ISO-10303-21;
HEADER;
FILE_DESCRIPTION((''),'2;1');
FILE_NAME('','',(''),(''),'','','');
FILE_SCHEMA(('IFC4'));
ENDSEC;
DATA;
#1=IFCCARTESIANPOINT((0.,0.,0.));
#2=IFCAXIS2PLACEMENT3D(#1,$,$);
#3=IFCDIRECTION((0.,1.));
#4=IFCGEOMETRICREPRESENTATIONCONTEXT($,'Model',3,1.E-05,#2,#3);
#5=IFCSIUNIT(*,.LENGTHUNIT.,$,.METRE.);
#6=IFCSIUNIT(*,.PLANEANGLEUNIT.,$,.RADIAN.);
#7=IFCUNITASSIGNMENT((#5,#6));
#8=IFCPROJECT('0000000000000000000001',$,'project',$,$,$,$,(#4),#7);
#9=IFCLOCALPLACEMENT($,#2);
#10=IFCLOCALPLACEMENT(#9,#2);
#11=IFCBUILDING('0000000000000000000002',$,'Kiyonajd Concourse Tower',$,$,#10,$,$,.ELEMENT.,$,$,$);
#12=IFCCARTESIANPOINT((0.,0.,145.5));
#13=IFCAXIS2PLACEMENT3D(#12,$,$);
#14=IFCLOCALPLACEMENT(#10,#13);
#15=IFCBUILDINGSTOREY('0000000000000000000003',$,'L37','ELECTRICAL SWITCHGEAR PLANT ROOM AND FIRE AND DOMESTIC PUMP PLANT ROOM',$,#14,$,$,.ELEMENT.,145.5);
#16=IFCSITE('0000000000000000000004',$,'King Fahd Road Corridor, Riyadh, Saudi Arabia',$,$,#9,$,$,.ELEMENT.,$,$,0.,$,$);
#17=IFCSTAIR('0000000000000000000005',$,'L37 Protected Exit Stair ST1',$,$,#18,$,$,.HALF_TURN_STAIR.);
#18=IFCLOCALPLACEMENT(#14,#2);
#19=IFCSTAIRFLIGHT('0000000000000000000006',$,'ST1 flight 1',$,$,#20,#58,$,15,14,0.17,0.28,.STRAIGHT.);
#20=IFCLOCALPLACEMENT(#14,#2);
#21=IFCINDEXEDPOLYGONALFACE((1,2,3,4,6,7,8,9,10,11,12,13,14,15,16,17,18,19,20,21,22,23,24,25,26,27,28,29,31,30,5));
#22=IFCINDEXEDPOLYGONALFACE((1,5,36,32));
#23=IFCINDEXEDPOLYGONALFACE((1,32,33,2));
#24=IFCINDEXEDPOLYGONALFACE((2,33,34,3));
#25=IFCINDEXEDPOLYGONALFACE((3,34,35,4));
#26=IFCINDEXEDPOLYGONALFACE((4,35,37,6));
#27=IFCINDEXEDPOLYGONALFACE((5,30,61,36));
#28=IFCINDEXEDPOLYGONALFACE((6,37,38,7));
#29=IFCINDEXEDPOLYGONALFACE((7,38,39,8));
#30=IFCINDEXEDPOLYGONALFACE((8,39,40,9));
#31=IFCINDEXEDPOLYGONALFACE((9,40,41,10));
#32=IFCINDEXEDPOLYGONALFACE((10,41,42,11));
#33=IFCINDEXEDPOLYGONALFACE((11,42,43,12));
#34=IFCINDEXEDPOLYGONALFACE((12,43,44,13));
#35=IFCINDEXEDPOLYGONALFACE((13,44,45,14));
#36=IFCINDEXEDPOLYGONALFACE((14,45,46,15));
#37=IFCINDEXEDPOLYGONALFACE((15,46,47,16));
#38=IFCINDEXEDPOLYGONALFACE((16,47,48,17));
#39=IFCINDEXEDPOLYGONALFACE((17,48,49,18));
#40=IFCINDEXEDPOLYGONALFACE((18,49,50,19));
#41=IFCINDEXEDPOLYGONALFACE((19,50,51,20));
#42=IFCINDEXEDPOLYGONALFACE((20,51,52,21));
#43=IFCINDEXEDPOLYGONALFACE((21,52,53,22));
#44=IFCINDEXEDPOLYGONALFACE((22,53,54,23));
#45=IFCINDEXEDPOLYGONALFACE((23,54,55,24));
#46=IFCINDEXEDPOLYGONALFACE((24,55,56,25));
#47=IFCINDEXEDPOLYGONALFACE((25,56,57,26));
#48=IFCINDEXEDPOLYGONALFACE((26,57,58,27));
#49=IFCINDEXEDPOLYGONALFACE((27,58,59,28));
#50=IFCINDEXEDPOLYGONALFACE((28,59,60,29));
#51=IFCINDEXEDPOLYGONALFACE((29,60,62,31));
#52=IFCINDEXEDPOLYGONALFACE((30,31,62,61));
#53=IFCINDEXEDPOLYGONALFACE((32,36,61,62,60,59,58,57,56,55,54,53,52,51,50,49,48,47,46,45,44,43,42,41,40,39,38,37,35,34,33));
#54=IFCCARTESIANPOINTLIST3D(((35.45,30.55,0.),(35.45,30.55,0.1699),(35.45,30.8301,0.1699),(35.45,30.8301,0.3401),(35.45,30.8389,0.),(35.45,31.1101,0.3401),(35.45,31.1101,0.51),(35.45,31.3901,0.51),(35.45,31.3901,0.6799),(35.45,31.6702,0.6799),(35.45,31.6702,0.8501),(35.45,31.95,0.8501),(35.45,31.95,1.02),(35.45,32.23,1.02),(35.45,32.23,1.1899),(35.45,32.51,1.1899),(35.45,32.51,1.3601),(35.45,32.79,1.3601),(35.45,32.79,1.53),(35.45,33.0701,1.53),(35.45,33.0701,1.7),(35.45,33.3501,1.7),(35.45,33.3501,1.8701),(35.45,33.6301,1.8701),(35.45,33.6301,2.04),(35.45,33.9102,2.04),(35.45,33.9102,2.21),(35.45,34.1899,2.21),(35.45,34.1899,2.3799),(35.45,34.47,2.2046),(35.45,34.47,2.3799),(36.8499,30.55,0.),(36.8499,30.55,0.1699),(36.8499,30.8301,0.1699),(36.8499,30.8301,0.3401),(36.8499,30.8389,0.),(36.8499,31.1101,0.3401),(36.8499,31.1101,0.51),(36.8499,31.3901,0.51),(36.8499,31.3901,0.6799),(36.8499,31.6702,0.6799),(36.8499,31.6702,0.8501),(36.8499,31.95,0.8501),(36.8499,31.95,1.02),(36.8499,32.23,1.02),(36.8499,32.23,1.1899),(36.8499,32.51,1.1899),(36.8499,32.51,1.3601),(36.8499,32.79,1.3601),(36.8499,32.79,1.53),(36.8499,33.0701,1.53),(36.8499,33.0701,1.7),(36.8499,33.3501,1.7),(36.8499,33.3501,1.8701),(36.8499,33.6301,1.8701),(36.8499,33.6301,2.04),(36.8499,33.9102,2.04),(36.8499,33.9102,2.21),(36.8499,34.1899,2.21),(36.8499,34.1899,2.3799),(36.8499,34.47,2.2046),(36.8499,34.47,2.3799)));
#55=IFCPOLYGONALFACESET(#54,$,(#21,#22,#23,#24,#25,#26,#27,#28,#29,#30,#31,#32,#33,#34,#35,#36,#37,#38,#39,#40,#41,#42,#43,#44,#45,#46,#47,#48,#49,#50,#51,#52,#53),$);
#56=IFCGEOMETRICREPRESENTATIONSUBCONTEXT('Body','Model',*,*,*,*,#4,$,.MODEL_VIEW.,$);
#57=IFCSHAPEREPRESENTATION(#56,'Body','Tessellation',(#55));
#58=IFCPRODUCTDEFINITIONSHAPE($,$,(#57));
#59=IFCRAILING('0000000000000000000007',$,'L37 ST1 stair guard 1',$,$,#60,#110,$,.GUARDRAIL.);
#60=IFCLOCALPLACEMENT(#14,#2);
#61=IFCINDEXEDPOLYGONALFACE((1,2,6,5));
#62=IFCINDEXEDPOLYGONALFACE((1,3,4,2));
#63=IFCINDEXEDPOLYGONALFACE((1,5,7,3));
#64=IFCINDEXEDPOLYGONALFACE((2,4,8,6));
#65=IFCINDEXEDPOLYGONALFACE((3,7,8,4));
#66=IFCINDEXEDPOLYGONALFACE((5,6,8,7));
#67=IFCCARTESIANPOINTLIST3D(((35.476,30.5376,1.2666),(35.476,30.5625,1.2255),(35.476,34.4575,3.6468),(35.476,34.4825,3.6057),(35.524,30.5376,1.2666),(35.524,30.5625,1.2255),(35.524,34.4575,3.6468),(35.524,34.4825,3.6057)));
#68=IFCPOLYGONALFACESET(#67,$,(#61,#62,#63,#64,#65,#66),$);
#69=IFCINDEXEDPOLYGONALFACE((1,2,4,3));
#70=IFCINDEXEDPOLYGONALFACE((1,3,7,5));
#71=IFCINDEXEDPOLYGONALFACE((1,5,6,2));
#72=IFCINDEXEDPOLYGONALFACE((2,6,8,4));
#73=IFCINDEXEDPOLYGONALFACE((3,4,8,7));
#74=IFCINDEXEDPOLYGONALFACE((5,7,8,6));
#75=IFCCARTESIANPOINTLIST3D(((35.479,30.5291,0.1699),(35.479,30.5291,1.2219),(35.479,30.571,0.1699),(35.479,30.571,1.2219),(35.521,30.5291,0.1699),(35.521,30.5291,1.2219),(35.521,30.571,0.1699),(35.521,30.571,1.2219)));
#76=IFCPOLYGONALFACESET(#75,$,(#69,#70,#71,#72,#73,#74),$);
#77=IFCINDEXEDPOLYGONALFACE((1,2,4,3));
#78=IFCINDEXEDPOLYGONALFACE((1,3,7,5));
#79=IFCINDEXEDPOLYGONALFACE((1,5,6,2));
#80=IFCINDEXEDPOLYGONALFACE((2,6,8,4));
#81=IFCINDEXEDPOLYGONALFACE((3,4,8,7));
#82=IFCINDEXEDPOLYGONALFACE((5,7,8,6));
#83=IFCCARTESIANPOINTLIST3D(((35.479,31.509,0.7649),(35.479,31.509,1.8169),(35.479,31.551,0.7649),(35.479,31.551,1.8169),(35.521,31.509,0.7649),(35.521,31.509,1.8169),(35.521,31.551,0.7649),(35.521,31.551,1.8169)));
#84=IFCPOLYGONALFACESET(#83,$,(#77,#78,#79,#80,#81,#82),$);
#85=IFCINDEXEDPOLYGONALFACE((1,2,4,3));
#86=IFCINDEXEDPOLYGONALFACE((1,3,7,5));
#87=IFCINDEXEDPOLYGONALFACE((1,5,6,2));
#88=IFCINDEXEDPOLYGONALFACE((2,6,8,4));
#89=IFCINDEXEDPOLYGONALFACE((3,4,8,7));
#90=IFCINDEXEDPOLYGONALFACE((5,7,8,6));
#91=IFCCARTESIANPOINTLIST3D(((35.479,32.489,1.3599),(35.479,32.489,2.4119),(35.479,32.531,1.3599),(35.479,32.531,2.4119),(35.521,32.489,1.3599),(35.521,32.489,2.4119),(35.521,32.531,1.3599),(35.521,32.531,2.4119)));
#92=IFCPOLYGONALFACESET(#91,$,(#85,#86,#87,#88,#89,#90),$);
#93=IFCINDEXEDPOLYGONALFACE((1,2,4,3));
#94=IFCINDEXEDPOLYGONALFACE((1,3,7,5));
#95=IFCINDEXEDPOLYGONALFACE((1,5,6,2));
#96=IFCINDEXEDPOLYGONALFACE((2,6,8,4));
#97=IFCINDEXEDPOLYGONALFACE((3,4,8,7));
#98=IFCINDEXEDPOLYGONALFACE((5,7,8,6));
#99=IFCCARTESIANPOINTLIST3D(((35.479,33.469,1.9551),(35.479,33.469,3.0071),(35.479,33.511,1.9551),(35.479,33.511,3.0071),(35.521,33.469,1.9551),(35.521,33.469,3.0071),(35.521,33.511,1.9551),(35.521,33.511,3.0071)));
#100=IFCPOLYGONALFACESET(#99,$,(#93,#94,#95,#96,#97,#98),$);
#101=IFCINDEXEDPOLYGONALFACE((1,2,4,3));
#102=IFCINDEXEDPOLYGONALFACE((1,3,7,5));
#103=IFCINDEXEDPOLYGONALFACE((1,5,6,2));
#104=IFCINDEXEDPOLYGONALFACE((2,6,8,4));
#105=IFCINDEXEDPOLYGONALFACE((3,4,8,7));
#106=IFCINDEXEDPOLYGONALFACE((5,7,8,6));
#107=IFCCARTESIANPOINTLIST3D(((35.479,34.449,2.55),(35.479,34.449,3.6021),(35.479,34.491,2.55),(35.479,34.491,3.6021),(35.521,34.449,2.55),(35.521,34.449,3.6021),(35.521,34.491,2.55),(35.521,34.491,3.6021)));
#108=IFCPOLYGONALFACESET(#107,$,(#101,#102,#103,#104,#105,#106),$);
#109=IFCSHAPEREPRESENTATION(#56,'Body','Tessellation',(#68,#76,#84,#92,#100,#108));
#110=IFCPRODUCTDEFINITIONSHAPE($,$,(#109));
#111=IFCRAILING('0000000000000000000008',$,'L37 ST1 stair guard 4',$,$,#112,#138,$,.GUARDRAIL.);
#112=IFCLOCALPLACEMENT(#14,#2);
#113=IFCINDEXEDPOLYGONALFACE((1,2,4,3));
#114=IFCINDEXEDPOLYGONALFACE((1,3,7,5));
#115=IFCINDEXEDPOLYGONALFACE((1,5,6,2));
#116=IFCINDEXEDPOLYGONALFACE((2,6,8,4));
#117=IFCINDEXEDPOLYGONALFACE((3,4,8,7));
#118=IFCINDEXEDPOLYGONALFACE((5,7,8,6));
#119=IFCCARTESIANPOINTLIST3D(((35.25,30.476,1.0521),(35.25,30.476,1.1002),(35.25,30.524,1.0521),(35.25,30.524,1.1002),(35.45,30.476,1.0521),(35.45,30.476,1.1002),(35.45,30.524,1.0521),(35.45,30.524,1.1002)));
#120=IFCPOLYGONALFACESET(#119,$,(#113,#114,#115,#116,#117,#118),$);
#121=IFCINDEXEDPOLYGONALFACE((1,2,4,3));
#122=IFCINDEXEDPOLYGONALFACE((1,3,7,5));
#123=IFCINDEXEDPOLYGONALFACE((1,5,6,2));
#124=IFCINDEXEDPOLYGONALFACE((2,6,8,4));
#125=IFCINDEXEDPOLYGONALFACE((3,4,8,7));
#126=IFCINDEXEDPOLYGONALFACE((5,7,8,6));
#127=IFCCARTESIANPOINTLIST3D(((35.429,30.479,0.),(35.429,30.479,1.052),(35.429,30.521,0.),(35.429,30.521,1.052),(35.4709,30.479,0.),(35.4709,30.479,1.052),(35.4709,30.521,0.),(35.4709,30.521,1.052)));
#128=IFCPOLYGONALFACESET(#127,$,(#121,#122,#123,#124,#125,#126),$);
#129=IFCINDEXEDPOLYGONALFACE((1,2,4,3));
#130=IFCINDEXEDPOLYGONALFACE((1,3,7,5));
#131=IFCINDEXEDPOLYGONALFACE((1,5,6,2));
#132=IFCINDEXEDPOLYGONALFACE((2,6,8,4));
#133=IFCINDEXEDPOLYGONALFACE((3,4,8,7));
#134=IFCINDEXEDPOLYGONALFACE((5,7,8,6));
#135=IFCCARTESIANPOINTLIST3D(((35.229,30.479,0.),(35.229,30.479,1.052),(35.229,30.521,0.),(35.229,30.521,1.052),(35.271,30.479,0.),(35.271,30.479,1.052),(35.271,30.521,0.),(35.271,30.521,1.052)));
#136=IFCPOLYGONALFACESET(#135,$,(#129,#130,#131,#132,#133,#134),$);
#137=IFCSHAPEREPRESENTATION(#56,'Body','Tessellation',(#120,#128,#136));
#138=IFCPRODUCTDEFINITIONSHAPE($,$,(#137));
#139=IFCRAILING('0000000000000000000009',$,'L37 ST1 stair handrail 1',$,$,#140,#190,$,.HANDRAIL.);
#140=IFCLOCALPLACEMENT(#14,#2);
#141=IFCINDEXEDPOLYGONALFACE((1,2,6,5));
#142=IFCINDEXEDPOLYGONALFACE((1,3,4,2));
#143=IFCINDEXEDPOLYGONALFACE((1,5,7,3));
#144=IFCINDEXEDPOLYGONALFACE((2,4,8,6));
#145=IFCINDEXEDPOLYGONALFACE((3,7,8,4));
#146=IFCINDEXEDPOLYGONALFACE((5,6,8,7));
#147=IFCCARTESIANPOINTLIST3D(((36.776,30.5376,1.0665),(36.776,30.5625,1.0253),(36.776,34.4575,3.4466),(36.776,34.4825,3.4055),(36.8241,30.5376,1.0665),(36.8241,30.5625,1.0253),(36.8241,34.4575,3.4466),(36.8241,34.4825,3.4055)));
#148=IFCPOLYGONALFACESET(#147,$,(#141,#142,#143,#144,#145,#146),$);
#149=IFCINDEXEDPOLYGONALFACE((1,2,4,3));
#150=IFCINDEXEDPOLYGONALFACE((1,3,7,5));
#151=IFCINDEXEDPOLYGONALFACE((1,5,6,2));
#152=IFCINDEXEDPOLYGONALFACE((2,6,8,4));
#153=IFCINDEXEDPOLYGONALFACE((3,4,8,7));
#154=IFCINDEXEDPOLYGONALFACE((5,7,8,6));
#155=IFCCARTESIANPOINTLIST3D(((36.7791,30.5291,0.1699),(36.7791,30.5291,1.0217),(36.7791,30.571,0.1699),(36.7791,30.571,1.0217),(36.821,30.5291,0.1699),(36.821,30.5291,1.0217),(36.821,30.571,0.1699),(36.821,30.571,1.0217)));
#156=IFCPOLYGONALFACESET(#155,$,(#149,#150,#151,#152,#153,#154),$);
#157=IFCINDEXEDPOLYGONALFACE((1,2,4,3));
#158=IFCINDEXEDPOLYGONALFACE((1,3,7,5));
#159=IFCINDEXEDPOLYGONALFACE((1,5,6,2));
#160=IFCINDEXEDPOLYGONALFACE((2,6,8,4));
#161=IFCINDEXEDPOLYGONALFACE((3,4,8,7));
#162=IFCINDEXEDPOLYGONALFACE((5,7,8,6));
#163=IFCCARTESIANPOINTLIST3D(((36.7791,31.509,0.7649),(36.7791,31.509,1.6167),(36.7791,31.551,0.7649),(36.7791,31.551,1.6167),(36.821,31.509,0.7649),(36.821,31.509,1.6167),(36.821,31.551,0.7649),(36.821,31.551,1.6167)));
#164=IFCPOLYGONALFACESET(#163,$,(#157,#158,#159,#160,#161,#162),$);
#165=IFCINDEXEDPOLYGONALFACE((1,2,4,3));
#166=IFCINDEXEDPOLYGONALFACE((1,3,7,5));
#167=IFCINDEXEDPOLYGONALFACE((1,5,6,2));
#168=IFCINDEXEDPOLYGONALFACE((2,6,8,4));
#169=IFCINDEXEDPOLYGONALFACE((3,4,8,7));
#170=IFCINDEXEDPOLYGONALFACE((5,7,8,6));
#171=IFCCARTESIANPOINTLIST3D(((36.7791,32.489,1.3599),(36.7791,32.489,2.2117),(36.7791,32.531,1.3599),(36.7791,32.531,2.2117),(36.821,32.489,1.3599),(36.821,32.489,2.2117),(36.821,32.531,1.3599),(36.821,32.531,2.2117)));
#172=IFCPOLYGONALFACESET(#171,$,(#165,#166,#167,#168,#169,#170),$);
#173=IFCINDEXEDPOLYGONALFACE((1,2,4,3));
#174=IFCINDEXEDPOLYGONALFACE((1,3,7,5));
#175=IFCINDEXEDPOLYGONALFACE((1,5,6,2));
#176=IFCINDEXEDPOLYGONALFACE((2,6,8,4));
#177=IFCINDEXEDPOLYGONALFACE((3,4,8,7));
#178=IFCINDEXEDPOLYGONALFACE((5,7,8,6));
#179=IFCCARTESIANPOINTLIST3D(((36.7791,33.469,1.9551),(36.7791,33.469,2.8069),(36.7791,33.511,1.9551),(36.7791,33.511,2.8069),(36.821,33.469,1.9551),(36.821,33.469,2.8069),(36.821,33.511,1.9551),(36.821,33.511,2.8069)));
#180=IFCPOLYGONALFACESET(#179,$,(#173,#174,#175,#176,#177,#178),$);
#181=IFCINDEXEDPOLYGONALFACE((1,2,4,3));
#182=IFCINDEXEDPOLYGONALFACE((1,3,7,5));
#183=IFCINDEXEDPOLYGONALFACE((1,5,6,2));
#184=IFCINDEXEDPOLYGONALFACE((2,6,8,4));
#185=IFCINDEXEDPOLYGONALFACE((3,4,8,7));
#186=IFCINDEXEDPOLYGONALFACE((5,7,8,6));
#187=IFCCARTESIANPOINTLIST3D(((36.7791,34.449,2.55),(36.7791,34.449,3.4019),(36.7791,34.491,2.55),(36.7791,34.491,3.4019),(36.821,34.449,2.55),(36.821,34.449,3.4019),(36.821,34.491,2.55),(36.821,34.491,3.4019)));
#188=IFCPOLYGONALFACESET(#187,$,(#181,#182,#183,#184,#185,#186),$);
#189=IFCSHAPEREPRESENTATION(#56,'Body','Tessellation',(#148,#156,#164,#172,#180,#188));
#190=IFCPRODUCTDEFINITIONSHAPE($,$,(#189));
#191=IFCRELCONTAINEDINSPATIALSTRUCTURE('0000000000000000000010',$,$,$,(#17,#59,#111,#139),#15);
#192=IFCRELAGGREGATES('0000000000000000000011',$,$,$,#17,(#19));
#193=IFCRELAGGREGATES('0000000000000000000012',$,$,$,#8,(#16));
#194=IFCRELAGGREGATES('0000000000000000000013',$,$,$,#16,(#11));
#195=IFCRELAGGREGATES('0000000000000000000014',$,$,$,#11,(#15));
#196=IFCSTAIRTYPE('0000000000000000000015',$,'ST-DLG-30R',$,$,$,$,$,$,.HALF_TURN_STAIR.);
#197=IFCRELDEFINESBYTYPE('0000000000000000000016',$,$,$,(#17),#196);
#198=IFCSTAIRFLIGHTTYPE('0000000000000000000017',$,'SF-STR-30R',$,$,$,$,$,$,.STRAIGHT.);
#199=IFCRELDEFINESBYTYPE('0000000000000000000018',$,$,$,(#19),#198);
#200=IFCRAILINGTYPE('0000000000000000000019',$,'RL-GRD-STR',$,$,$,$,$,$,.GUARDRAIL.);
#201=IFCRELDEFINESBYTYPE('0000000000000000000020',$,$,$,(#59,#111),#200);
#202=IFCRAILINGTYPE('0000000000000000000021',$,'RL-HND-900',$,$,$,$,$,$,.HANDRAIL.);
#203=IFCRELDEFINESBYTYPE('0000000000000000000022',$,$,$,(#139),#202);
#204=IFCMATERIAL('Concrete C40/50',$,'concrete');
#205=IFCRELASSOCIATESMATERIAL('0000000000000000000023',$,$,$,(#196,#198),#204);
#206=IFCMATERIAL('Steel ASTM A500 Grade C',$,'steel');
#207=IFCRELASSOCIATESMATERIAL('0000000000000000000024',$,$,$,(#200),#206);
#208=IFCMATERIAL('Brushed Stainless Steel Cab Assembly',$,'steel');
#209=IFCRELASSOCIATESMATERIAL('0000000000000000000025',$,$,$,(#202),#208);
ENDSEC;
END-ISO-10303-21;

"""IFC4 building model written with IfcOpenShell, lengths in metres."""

from ifc_helpers import new_model, si_unit, direction, frame, origin, origin_2d, place, context, subcontext, project, spatial, polyline, rectangle, outline, extrude, material, type_object, element, aggregate, save


model = new_model("IFC4")

# Units and contexts
model_context = context("Model", 3, precision=1e-05, world=origin(), true_north=direction((0.0, 1.0)))
body_context = subcontext(model_context, "Body", "Model", "MODEL_VIEW")
ifc_project = project(units=[si_unit("LENGTHUNIT", "METRE"), si_unit("PLANEANGLEUNIT", "RADIAN")], contexts=[model_context])

# Site, building, storey
site_placement = place(None, origin())
site = spatial("IfcSite", under=ifc_project, at=site_placement, Name="King Fahd Road Corridor, Riyadh, Saudi Arabia", CompositionType="ELEMENT", RefElevation=0.0)
building_placement = place(site_placement, origin())
building = spatial("IfcBuilding", under=site, at=building_placement, Name="Kiyonajd Concourse Tower", CompositionType="ELEMENT")
storey_placement = place(building_placement, frame((0.0, 0.0, 145.5)))
storey = spatial("IfcBuildingStorey", under=building, at=storey_placement, Name="L37", Description="ELECTRICAL SWITCHGEAR PLANT ROOM AND FIRE AND DOMESTIC PUMP PLANT ROOM", CompositionType="ELEMENT", Elevation=145.5)

# Shared definitions
ifc_material_1 = material(Name="Brushed Stainless Steel Cab Assembly", Category="steel")

# Stair, stair flight
ifc_material_2 = material(Name="Concrete C40/50", Category="concrete")
stair_type = type_object("IfcStairType", Name="ST-DLG-30R", PredefinedType="HALF_TURN_STAIR", material=ifc_material_2)
stair_placement = place(storey_placement, origin())
stair = element("IfcStair", 1, at=stair_placement, inside=storey, type_object=stair_type, Name="L37 Protected Exit Stair ST1", PredefinedType="HALF_TURN_STAIR")
stair_flight_type = type_object("IfcStairFlightType", Name="SF-STR-30R", PredefinedType="STRAIGHT", material=ifc_material_2)
stair_flight_placement = place(storey_placement, frame((36.1499, 30.55, 0.0), z_axis=(0.0, 0.0, 1.0), x_axis=(0.0, 1.0, 0.0)))
stair_flight = element("IfcStairFlight", 2, at=stair_flight_placement, type_object=stair_flight_type, Name="ST1 flight 1", NumberOfRisers=15, NumberOfTreads=14, PredefinedType="STRAIGHT", RiserHeight=0.17, TreadLength=0.28, context=body_context, shape_type="SweptSolid", body=[
    extrude(outline(polyline([(0.0, 0.0), (0.0, 0.1699), (0.28, 0.1699), (0.28, 0.3401), (0.5601, 0.3401), (0.5601, 0.51), (0.8401, 0.51), (0.8401, 0.6799), (1.1201, 0.6799), (1.1201, 0.8501), (1.3999, 0.8501), (1.3999, 1.02), (1.6799, 1.02), (1.6799, 1.1899), (1.96, 1.1899), (1.96, 1.3601), (2.24, 1.3601), (2.24, 1.53), (2.52, 1.53), (2.52, 1.7), (2.8, 1.7), (2.8, 1.8701), (3.0801, 1.8701), (3.0801, 2.04), (3.3601, 2.04), (3.3601, 2.21), (3.6399, 2.21), (3.6399, 2.3799), (3.9199, 2.3799), (3.9199, 2.55), (3.9199, 2.2046), (0.2888, 0.0), (0.0, 0.0)])), frame((0.0, 0.7, 0.0), z_axis=(0.0, -1.0, 0.0), x_axis=(1.0, 0.0, 0.0)), (0.0, 0.0, 1.0), 1.3999),
])
aggregate(stair, [stair_flight])

# Railings
ifc_material_3 = material(Name="Steel ASTM A500 Grade C", Category="steel")
railing_type_1 = type_object("IfcRailingType", Name="RL-GRD-STR", PredefinedType="GUARDRAIL", material=ifc_material_3)
railing_1_placement = place(storey_placement, frame((35.5, 30.55, 0.1699)))
element("IfcRailing", 3, at=railing_1_placement, inside=storey, type_object=railing_type_1, Name="L37 ST1 stair guard 1", PredefinedType="GUARDRAIL", context=body_context, shape_type="SweptSolid", body=[
    extrude(rectangle(XDim=0.0481, YDim=0.0481, at=origin_2d()), frame((0.0, 0.0, 1.0762), z_axis=(0.0, 0.854771, 0.519006), x_axis=(-1.0, 0.0, 0.0)), (0.0, 0.0, 1.0), 4.5859),
    extrude(rectangle(XDim=0.042, YDim=0.042, at=origin_2d()), origin(), (0.0, 0.0, 1.0), 1.052),
    extrude(rectangle(XDim=0.042, YDim=0.042, at=origin_2d()), frame((0.0, 0.98, 0.595)), (0.0, 0.0, 1.0), 1.052),
    extrude(rectangle(XDim=0.042, YDim=0.042, at=origin_2d()), frame((0.0, 1.96, 1.1899)), (0.0, 0.0, 1.0), 1.052),
    extrude(rectangle(XDim=0.042, YDim=0.042, at=origin_2d()), frame((0.0, 2.9399, 1.7852)), (0.0, 0.0, 1.0), 1.052),
    extrude(rectangle(XDim=0.042, YDim=0.042, at=origin_2d()), frame((0.0, 3.9199, 2.3801)), (0.0, 0.0, 1.0), 1.052),
])
railing_2_placement = place(storey_placement, frame((35.45, 30.5, 0.0)))
element("IfcRailing", 4, at=railing_2_placement, inside=storey, type_object=railing_type_1, Name="L37 ST1 stair guard 4", PredefinedType="GUARDRAIL", context=body_context, shape_type="SweptSolid", body=[
    extrude(rectangle(XDim=0.0481, YDim=0.0481, at=origin_2d()), frame((0.0, 0.0, 1.0762), z_axis=(-1.0, 0.0, 0.0), x_axis=(0.0, -1.0, 0.0)), (0.0, 0.0, 1.0), 0.2),
    extrude(rectangle(XDim=0.042, YDim=0.042, at=origin_2d()), origin(), (0.0, 0.0, 1.0), 1.052),
    extrude(rectangle(XDim=0.042, YDim=0.042, at=origin_2d()), frame((-0.2, 0.0, 0.0)), (0.0, 0.0, 1.0), 1.052),
])
railing_type_2 = type_object("IfcRailingType", Name="RL-HND-900", PredefinedType="HANDRAIL", material=ifc_material_1)
railing_3_placement = place(storey_placement, frame((36.8, 30.55, 0.1699)))
element("IfcRailing", 5, at=railing_3_placement, inside=storey, type_object=railing_type_2, Name="L37 ST1 stair handrail 1", PredefinedType="HANDRAIL", context=body_context, shape_type="SweptSolid", body=[
    extrude(rectangle(XDim=0.0481, YDim=0.0481, at=origin_2d()), frame((0.0, 0.0, 0.876), z_axis=(0.0, 0.854771, 0.519006), x_axis=(-1.0, 0.0, 0.0)), (0.0, 0.0, 1.0), 4.5859),
    extrude(rectangle(XDim=0.042, YDim=0.042, at=origin_2d()), origin(), (0.0, 0.0, 1.0), 0.8518),
    extrude(rectangle(XDim=0.042, YDim=0.042, at=origin_2d()), frame((0.0, 0.98, 0.595)), (0.0, 0.0, 1.0), 0.8518),
    extrude(rectangle(XDim=0.042, YDim=0.042, at=origin_2d()), frame((0.0, 1.96, 1.1899)), (0.0, 0.0, 1.0), 0.8518),
    extrude(rectangle(XDim=0.042, YDim=0.042, at=origin_2d()), frame((0.0, 2.9399, 1.7852)), (0.0, 0.0, 1.0), 0.8518),
    extrude(rectangle(XDim=0.042, YDim=0.042, at=origin_2d()), frame((0.0, 3.9199, 2.3801)), (0.0, 0.0, 1.0), 0.8518),
])

save(model, "model.ifc")
